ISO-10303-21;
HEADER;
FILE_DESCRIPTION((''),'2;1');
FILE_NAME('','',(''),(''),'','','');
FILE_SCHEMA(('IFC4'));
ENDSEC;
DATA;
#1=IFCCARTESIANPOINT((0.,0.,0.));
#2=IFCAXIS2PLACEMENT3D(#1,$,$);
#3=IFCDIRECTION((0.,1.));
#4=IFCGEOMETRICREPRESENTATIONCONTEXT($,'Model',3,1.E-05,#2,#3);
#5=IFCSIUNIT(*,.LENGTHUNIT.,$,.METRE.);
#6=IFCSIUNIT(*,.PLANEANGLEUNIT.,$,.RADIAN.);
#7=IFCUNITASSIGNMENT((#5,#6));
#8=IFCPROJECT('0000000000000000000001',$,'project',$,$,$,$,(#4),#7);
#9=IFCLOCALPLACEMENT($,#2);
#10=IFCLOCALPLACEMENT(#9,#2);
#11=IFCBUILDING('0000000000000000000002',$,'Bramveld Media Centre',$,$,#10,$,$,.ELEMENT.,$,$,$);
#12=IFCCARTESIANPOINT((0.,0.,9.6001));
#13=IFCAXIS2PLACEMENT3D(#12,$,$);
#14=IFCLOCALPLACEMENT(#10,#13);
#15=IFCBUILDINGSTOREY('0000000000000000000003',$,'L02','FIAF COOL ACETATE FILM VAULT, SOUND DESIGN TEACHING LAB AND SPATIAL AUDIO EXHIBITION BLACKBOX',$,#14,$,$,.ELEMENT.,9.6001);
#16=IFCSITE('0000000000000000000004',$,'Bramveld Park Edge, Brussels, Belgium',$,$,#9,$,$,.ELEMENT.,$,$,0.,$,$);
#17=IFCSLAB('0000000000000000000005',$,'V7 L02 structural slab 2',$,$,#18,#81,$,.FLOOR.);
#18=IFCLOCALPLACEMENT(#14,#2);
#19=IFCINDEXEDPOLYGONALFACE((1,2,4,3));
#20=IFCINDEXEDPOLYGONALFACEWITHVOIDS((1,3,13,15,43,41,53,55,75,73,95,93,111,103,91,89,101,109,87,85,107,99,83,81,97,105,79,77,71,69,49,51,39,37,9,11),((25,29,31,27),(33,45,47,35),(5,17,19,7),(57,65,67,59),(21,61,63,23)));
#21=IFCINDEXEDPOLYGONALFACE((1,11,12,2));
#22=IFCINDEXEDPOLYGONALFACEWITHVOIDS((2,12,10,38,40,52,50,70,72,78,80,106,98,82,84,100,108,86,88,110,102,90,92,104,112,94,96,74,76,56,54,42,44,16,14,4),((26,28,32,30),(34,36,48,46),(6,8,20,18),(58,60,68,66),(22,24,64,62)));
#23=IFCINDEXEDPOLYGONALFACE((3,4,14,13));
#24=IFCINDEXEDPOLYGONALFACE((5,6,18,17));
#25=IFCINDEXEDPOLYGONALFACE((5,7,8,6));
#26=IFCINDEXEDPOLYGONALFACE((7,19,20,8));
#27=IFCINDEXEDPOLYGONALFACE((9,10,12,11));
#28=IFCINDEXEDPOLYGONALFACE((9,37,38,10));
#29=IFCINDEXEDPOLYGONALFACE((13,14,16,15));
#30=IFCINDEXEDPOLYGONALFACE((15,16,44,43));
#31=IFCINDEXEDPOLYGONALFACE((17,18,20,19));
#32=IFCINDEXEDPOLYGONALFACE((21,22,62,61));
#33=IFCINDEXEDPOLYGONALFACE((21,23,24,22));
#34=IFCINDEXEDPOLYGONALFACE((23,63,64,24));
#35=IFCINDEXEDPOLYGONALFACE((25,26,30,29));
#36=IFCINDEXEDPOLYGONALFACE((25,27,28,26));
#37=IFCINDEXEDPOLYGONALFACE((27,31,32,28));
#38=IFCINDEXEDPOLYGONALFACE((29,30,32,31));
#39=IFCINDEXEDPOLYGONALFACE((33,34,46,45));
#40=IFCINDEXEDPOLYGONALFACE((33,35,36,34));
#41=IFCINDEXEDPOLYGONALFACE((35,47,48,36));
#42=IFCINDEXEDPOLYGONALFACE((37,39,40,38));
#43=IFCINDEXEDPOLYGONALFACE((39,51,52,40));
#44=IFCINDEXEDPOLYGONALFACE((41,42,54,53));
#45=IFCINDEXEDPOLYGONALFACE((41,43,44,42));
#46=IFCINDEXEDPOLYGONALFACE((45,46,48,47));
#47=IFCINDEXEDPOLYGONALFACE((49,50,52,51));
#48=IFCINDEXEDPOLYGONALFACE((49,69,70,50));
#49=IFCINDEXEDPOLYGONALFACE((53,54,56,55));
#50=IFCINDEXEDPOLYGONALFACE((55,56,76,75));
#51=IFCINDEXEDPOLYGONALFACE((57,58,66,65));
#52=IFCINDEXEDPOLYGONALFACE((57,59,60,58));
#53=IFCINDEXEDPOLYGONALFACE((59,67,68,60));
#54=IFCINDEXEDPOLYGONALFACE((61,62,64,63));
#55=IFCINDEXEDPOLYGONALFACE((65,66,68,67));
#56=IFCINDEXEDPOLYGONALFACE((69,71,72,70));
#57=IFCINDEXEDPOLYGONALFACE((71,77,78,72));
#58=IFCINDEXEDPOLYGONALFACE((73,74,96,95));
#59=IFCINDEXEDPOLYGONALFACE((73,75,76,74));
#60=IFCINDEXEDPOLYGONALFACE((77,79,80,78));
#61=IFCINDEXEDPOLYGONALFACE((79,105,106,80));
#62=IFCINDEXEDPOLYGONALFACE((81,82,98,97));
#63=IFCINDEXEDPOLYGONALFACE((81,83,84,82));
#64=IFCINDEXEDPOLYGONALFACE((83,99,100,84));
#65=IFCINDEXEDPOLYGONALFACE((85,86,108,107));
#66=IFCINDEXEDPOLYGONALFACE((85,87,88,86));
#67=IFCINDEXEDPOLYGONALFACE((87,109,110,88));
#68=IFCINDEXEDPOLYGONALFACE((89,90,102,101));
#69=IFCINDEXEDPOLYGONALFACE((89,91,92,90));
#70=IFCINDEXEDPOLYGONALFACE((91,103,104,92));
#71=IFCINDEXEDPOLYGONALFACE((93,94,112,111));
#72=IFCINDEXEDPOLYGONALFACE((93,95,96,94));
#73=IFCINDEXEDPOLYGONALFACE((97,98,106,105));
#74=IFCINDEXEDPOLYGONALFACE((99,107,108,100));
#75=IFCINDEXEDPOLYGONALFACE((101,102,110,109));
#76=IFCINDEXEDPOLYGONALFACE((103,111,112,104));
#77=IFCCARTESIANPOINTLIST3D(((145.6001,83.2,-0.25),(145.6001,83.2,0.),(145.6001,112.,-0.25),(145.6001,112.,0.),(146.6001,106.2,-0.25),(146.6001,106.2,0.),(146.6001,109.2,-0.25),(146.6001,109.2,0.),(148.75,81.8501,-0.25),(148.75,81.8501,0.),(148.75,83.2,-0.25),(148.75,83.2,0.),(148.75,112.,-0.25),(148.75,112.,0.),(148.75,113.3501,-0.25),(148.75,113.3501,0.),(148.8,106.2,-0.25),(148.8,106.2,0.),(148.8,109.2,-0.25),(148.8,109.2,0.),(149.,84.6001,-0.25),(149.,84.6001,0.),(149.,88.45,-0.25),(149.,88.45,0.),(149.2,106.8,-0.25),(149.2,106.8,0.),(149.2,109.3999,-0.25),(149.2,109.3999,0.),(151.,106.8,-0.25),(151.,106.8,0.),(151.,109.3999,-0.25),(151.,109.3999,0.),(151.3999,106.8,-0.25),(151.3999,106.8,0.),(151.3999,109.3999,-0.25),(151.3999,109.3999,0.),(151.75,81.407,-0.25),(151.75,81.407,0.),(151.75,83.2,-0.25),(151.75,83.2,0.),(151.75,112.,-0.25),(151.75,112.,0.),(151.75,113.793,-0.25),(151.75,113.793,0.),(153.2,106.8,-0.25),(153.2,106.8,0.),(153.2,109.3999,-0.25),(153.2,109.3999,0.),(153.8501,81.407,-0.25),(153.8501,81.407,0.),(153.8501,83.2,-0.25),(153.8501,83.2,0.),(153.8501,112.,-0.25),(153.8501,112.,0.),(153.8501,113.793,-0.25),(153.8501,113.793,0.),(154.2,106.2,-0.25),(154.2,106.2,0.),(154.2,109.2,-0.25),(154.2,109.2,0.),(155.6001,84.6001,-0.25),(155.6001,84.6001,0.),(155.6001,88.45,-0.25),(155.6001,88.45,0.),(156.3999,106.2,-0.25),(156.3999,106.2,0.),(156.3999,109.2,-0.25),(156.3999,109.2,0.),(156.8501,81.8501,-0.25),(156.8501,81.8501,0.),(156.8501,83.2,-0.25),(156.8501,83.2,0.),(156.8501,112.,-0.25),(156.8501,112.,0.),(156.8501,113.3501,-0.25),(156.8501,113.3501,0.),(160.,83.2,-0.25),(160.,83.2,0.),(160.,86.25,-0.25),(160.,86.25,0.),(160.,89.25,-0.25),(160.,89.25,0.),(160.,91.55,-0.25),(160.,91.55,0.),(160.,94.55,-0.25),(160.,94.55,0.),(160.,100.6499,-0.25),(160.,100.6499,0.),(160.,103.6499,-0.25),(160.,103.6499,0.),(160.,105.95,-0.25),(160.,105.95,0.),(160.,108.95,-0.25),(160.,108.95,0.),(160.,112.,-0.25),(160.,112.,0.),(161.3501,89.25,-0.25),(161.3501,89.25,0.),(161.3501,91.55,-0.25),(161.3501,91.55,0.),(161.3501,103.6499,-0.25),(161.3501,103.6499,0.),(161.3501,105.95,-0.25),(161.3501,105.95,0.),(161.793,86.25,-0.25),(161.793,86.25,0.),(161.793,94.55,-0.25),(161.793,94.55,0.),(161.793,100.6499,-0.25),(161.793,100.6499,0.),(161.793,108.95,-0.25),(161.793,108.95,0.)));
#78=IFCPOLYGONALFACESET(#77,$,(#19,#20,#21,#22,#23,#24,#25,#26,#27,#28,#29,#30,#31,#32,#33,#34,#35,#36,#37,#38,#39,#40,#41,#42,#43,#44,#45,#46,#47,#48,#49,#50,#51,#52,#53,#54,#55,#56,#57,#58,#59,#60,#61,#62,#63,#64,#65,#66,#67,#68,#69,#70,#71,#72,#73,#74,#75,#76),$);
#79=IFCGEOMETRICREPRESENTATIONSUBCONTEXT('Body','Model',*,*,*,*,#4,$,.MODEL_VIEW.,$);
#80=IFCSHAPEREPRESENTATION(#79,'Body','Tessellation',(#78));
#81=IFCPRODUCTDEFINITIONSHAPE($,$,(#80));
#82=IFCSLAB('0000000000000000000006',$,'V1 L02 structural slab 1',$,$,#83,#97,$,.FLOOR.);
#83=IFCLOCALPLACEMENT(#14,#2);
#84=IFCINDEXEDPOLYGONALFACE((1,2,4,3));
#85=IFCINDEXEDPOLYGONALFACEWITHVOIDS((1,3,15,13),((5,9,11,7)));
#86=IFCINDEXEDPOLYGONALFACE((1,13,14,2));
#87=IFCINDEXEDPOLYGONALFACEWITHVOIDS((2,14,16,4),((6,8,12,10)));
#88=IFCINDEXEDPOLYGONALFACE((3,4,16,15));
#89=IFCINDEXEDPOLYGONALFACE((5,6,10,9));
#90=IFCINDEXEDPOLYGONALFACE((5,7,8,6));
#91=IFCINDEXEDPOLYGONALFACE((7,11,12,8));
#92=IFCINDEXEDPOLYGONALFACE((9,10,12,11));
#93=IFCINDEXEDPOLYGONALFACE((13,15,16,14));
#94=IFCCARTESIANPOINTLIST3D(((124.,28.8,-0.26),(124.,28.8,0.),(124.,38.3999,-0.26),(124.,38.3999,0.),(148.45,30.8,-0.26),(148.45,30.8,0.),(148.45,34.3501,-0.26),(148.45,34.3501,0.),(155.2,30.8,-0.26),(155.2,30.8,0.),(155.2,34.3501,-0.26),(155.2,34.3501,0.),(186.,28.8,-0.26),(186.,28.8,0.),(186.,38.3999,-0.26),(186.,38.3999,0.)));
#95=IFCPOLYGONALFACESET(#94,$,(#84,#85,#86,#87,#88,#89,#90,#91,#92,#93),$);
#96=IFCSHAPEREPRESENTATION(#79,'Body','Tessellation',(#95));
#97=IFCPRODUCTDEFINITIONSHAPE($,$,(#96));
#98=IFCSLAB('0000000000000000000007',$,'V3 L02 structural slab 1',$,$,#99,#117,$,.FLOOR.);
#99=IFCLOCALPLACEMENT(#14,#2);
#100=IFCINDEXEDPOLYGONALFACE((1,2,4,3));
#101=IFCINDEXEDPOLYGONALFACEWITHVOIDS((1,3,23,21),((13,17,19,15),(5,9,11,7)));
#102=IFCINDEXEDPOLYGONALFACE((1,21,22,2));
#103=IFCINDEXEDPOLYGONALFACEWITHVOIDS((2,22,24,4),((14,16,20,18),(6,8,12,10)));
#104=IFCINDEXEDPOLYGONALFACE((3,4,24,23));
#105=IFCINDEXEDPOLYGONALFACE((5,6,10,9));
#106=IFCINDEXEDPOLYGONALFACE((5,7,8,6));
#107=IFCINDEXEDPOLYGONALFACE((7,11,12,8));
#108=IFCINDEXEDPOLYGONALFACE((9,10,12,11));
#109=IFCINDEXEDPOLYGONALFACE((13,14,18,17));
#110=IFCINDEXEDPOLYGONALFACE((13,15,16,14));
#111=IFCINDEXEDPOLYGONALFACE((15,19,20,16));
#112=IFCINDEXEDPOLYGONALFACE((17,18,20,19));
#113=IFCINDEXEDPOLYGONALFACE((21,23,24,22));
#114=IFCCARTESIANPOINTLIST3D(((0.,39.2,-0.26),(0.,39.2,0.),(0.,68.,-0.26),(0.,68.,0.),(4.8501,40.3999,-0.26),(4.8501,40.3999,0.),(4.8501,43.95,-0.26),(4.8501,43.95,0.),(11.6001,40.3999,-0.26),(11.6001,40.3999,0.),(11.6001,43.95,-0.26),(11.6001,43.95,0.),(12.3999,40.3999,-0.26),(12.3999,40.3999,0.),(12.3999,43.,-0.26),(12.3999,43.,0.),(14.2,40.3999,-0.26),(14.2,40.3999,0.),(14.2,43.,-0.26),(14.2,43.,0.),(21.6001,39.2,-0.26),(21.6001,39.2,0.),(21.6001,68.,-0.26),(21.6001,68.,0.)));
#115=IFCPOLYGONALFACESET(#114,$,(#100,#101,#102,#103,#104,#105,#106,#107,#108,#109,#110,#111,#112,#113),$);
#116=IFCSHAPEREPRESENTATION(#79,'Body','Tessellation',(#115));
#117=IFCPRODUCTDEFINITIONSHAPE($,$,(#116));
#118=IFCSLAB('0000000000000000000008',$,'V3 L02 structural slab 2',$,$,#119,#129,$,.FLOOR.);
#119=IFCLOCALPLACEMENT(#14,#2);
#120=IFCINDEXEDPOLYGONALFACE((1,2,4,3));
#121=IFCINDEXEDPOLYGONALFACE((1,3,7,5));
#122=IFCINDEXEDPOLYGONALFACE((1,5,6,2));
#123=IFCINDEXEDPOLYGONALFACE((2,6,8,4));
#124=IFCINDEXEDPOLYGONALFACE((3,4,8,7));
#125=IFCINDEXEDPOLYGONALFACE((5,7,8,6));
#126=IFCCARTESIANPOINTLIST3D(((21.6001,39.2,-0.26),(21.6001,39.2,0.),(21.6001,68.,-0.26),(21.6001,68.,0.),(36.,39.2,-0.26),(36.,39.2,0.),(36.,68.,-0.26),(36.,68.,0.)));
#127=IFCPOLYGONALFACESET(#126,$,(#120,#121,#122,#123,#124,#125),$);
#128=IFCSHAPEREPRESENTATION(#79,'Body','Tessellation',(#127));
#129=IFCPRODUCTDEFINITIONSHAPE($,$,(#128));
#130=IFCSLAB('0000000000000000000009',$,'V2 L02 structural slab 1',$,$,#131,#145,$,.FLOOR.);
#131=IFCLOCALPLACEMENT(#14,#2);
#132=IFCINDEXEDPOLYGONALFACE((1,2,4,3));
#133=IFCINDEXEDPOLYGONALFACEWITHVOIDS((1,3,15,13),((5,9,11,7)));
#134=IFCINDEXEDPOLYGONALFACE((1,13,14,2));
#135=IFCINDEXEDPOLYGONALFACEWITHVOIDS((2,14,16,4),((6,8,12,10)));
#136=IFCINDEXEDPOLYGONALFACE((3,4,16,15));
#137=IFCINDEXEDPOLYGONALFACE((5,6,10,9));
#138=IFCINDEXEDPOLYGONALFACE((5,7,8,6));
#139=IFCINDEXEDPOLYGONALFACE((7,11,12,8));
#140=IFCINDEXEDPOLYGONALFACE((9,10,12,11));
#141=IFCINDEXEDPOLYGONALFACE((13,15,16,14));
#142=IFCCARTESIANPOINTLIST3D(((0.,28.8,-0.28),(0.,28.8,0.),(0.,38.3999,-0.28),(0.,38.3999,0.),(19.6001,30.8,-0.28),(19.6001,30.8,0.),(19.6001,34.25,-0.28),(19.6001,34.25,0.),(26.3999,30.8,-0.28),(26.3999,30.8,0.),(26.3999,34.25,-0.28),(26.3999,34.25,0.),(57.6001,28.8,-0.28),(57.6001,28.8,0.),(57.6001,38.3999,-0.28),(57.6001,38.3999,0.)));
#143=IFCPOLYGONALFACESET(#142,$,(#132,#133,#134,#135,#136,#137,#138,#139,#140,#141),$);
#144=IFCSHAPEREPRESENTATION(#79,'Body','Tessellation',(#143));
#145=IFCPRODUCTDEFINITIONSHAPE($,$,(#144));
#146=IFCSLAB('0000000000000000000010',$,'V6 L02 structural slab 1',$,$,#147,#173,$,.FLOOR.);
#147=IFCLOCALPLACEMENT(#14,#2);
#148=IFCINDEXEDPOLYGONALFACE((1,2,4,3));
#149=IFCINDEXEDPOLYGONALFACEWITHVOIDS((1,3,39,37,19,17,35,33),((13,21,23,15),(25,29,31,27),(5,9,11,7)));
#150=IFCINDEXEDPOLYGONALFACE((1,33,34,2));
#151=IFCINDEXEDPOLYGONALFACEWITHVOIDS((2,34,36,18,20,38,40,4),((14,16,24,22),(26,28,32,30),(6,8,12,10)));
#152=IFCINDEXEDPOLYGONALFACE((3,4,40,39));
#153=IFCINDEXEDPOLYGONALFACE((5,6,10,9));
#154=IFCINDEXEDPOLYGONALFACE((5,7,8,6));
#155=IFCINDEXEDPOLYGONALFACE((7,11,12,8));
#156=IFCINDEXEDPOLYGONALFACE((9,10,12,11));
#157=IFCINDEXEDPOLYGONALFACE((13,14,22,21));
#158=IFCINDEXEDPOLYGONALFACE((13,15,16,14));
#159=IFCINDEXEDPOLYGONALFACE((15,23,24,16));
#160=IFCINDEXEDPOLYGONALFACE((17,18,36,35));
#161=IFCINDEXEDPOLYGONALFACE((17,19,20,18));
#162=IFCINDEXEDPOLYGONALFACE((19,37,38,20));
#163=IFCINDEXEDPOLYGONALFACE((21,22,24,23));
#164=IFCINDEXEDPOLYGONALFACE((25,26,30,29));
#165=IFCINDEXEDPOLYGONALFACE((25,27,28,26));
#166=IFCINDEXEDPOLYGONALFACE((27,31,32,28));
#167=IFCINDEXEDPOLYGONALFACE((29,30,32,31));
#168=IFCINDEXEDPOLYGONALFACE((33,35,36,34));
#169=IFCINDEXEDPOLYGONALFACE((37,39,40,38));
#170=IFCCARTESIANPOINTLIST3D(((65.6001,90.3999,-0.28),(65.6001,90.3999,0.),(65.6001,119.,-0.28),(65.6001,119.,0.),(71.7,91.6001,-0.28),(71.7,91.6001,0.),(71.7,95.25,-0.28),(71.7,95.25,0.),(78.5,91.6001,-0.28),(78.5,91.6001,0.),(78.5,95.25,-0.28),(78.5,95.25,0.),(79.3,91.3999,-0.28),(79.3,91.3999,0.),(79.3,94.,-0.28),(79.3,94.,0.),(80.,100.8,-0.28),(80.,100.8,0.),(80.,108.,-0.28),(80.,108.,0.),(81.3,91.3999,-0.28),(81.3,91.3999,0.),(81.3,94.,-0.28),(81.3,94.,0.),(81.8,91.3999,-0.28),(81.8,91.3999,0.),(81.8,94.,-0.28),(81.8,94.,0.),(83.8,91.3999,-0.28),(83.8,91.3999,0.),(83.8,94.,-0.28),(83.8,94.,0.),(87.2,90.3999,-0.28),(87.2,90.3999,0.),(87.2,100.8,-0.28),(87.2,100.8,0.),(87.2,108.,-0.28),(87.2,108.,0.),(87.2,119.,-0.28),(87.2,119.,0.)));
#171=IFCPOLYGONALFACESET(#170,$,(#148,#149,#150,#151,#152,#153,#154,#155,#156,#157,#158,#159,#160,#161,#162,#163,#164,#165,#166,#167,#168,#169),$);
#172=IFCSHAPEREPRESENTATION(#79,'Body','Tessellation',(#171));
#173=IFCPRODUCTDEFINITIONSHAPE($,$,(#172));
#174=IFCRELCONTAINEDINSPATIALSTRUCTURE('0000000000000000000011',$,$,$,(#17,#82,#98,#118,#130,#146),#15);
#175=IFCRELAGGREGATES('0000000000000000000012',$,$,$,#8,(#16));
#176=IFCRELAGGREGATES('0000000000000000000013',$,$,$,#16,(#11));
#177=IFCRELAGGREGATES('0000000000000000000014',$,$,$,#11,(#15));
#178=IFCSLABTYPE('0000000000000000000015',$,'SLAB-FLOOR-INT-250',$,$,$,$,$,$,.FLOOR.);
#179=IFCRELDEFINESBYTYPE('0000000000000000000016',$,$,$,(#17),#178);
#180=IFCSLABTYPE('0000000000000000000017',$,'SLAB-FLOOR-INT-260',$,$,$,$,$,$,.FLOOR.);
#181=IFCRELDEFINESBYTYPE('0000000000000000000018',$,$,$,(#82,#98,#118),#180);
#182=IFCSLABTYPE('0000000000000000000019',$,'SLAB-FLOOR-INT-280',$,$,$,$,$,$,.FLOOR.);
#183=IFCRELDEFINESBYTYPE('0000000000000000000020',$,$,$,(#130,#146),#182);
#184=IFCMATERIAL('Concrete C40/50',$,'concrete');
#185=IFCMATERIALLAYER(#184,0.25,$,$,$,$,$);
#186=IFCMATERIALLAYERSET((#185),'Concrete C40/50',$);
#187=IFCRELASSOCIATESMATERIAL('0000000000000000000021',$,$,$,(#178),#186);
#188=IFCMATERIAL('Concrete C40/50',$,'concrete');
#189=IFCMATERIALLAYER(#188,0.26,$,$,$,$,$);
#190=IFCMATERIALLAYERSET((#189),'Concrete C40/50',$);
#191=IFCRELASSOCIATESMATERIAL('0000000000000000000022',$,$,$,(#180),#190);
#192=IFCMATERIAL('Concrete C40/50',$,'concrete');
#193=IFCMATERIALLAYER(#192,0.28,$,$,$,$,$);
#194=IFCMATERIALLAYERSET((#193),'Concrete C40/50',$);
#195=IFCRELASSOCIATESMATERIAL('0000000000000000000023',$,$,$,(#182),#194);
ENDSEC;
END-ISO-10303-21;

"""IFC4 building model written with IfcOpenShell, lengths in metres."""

from ifc_helpers import new_model, si_unit, direction, frame, origin, place, context, subcontext, project, spatial, polyline, outline, extrude, material, layer, layer_set, type_object, element, save


model = new_model("IFC4")

# Units and contexts
model_context = context("Model", 3, precision=1e-05, world=origin(), true_north=direction((0.0, 1.0)))
body_context = subcontext(model_context, "Body", "Model", "MODEL_VIEW")
ifc_project = project(units=[si_unit("LENGTHUNIT", "METRE"), si_unit("PLANEANGLEUNIT", "RADIAN")], contexts=[model_context])

# Site, building, storey
site_placement = place(None, origin())
site = spatial("IfcSite", under=ifc_project, at=site_placement, Name="Bramveld Park Edge, Brussels, Belgium", CompositionType="ELEMENT", RefElevation=0.0)
building_placement = place(site_placement, origin())
building = spatial("IfcBuilding", under=site, at=building_placement, Name="Bramveld Media Centre", CompositionType="ELEMENT")
storey_placement = place(building_placement, frame((0.0, 0.0, 9.6001)))
storey = spatial("IfcBuildingStorey", under=building, at=storey_placement, Name="L02", Description="FIAF COOL ACETATE FILM VAULT, SOUND DESIGN TEACHING LAB AND SPATIAL AUDIO EXHIBITION BLACKBOX", CompositionType="ELEMENT", Elevation=9.6001)

# Slabs
ifc_material_1 = material(Name="Concrete C40/50", Category="concrete")
ifc_layer_1 = layer(ifc_material_1, 0.25)
ifc_layer_set_1 = layer_set([ifc_layer_1], Name="Concrete C40/50")
slab_type_1 = type_object("IfcSlabType", Name="SLAB-FLOOR-INT-250", PredefinedType="FLOOR", material=ifc_layer_set_1)
slab_1_placement = place(storey_placement, frame((0.0, 0.0, -0.25)))
element("IfcSlab", 1, at=slab_1_placement, inside=storey, type_object=slab_type_1, Name="V7 L02 structural slab 2", PredefinedType="FLOOR", context=body_context, shape_type="SweptSolid", body=[
    extrude(outline(polyline([(148.75, 113.3501), (151.75, 113.793), (151.75, 112.0), (153.8501, 112.0), (153.8501, 113.793), (156.8501, 113.3501), (156.8501, 112.0), (160.0, 112.0), (160.0, 108.95), (161.793, 108.95), (161.3501, 105.95), (160.0, 105.95), (160.0, 103.6499), (161.3501, 103.6499), (161.793, 100.6499), (160.0, 100.6499), (160.0, 94.55), (161.793, 94.55), (161.3501, 91.55), (160.0, 91.55), (160.0, 89.25), (161.3501, 89.25), (161.793, 86.25), (160.0, 86.25), (160.0, 83.2), (156.8501, 83.2), (156.8501, 81.8501), (153.8501, 81.407), (153.8501, 83.2), (151.75, 83.2), (151.75, 81.407), (148.75, 81.8501), (148.75, 83.2), (145.6001, 83.2), (145.6001, 112.0), (148.75, 112.0), (148.75, 113.3501)]), holes=[polyline([(149.0, 88.45), (149.0, 84.6001), (155.6001, 84.6001), (155.6001, 88.45), (149.0, 88.45)]), polyline([(146.6001, 109.2), (146.6001, 106.2), (148.8, 106.2), (148.8, 109.2), (146.6001, 109.2)]), polyline([(154.2, 106.2), (156.3999, 106.2), (156.3999, 109.2), (154.2, 109.2), (154.2, 106.2)]), polyline([(149.2, 109.3999), (149.2, 106.8), (151.0, 106.8), (151.0, 109.3999), (149.2, 109.3999)]), polyline([(151.3999, 109.3999), (151.3999, 106.8), (153.2, 106.8), (153.2, 109.3999), (151.3999, 109.3999)])]), origin(), (0.0, 0.0, 1.0), 0.25),
])
ifc_material_2 = material(Name="Concrete C40/50", Category="concrete")
ifc_layer_2 = layer(ifc_material_2, 0.26)
ifc_layer_set_2 = layer_set([ifc_layer_2], Name="Concrete C40/50")
slab_type_2 = type_object("IfcSlabType", Name="SLAB-FLOOR-INT-260", PredefinedType="FLOOR", material=ifc_layer_set_2)
slab_2_placement = place(storey_placement, frame((0.0, 0.0, -0.26)))
element("IfcSlab", 2, at=slab_2_placement, inside=storey, type_object=slab_type_2, Name="V1 L02 structural slab 1", PredefinedType="FLOOR", context=body_context, shape_type="SweptSolid", body=[
    extrude(outline(polyline([(124.0, 38.3999), (186.0, 38.3999), (186.0, 28.8), (124.0, 28.8), (124.0, 38.3999)]), holes=[polyline([(155.2, 30.8), (155.2, 34.3501), (148.45, 34.3501), (148.45, 30.8), (155.2, 30.8)])]), origin(), (0.0, 0.0, 1.0), 0.26),
])
slab_3_placement = place(storey_placement, frame((0.0, 0.0, -0.26)))
element("IfcSlab", 3, at=slab_3_placement, inside=storey, type_object=slab_type_2, Name="V3 L02 structural slab 1", PredefinedType="FLOOR", context=body_context, shape_type="SweptSolid", body=[
    extrude(outline(polyline([(0.0, 68.0), (21.6001, 68.0), (21.6001, 39.2), (0.0, 39.2), (0.0, 68.0)]), holes=[polyline([(14.2, 40.3999), (14.2, 43.0), (12.3999, 43.0), (12.3999, 40.3999), (14.2, 40.3999)]), polyline([(4.8501, 40.3999), (11.6001, 40.3999), (11.6001, 43.95), (4.8501, 43.95), (4.8501, 40.3999)])]), origin(), (0.0, 0.0, 1.0), 0.26),
])
slab_4_placement = place(storey_placement, frame((0.0, 0.0, -0.26)))
element("IfcSlab", 4, at=slab_4_placement, inside=storey, type_object=slab_type_2, Name="V3 L02 structural slab 2", PredefinedType="FLOOR", context=body_context, shape_type="SweptSolid", body=[
    extrude(outline(polyline([(36.0, 39.2), (21.6001, 39.2), (21.6001, 68.0), (36.0, 68.0), (36.0, 39.2)])), origin(), (0.0, 0.0, 1.0), 0.26),
])
ifc_material_3 = material(Name="Concrete C40/50", Category="concrete")
ifc_layer_3 = layer(ifc_material_3, 0.28)
ifc_layer_set_3 = layer_set([ifc_layer_3], Name="Concrete C40/50")
slab_type_3 = type_object("IfcSlabType", Name="SLAB-FLOOR-INT-280", PredefinedType="FLOOR", material=ifc_layer_set_3)
slab_5_placement = place(storey_placement, frame((0.0, 0.0, -0.28)))
element("IfcSlab", 5, at=slab_5_placement, inside=storey, type_object=slab_type_3, Name="V2 L02 structural slab 1", PredefinedType="FLOOR", context=body_context, shape_type="SweptSolid", body=[
    extrude(outline(polyline([(0.0, 38.3999), (57.6001, 38.3999), (57.6001, 28.8), (0.0, 28.8), (0.0, 38.3999)]), holes=[polyline([(26.3999, 30.8), (26.3999, 34.25), (19.6001, 34.25), (19.6001, 30.8), (26.3999, 30.8)])]), origin(), (0.0, 0.0, 1.0), 0.28),
])
slab_6_placement = place(storey_placement, frame((0.0, 0.0, -0.28)))
element("IfcSlab", 6, at=slab_6_placement, inside=storey, type_object=slab_type_3, Name="V6 L02 structural slab 1", PredefinedType="FLOOR", context=body_context, shape_type="SweptSolid", body=[
    extrude(outline(polyline([(65.6001, 119.0), (87.2, 119.0), (87.2, 108.0), (80.0, 108.0), (80.0, 100.8), (87.2, 100.8), (87.2, 90.3999), (65.6001, 90.3999), (65.6001, 119.0)]), holes=[polyline([(79.3, 91.3999), (81.3, 91.3999), (81.3, 94.0), (79.3, 94.0), (79.3, 91.3999)]), polyline([(81.8, 91.3999), (83.8, 91.3999), (83.8, 94.0), (81.8, 94.0), (81.8, 91.3999)]), polyline([(71.7, 95.25), (71.7, 91.6001), (78.5, 91.6001), (78.5, 95.25), (71.7, 95.25)])]), origin(), (0.0, 0.0, 1.0), 0.28),
])

save(model, "model.ifc")
